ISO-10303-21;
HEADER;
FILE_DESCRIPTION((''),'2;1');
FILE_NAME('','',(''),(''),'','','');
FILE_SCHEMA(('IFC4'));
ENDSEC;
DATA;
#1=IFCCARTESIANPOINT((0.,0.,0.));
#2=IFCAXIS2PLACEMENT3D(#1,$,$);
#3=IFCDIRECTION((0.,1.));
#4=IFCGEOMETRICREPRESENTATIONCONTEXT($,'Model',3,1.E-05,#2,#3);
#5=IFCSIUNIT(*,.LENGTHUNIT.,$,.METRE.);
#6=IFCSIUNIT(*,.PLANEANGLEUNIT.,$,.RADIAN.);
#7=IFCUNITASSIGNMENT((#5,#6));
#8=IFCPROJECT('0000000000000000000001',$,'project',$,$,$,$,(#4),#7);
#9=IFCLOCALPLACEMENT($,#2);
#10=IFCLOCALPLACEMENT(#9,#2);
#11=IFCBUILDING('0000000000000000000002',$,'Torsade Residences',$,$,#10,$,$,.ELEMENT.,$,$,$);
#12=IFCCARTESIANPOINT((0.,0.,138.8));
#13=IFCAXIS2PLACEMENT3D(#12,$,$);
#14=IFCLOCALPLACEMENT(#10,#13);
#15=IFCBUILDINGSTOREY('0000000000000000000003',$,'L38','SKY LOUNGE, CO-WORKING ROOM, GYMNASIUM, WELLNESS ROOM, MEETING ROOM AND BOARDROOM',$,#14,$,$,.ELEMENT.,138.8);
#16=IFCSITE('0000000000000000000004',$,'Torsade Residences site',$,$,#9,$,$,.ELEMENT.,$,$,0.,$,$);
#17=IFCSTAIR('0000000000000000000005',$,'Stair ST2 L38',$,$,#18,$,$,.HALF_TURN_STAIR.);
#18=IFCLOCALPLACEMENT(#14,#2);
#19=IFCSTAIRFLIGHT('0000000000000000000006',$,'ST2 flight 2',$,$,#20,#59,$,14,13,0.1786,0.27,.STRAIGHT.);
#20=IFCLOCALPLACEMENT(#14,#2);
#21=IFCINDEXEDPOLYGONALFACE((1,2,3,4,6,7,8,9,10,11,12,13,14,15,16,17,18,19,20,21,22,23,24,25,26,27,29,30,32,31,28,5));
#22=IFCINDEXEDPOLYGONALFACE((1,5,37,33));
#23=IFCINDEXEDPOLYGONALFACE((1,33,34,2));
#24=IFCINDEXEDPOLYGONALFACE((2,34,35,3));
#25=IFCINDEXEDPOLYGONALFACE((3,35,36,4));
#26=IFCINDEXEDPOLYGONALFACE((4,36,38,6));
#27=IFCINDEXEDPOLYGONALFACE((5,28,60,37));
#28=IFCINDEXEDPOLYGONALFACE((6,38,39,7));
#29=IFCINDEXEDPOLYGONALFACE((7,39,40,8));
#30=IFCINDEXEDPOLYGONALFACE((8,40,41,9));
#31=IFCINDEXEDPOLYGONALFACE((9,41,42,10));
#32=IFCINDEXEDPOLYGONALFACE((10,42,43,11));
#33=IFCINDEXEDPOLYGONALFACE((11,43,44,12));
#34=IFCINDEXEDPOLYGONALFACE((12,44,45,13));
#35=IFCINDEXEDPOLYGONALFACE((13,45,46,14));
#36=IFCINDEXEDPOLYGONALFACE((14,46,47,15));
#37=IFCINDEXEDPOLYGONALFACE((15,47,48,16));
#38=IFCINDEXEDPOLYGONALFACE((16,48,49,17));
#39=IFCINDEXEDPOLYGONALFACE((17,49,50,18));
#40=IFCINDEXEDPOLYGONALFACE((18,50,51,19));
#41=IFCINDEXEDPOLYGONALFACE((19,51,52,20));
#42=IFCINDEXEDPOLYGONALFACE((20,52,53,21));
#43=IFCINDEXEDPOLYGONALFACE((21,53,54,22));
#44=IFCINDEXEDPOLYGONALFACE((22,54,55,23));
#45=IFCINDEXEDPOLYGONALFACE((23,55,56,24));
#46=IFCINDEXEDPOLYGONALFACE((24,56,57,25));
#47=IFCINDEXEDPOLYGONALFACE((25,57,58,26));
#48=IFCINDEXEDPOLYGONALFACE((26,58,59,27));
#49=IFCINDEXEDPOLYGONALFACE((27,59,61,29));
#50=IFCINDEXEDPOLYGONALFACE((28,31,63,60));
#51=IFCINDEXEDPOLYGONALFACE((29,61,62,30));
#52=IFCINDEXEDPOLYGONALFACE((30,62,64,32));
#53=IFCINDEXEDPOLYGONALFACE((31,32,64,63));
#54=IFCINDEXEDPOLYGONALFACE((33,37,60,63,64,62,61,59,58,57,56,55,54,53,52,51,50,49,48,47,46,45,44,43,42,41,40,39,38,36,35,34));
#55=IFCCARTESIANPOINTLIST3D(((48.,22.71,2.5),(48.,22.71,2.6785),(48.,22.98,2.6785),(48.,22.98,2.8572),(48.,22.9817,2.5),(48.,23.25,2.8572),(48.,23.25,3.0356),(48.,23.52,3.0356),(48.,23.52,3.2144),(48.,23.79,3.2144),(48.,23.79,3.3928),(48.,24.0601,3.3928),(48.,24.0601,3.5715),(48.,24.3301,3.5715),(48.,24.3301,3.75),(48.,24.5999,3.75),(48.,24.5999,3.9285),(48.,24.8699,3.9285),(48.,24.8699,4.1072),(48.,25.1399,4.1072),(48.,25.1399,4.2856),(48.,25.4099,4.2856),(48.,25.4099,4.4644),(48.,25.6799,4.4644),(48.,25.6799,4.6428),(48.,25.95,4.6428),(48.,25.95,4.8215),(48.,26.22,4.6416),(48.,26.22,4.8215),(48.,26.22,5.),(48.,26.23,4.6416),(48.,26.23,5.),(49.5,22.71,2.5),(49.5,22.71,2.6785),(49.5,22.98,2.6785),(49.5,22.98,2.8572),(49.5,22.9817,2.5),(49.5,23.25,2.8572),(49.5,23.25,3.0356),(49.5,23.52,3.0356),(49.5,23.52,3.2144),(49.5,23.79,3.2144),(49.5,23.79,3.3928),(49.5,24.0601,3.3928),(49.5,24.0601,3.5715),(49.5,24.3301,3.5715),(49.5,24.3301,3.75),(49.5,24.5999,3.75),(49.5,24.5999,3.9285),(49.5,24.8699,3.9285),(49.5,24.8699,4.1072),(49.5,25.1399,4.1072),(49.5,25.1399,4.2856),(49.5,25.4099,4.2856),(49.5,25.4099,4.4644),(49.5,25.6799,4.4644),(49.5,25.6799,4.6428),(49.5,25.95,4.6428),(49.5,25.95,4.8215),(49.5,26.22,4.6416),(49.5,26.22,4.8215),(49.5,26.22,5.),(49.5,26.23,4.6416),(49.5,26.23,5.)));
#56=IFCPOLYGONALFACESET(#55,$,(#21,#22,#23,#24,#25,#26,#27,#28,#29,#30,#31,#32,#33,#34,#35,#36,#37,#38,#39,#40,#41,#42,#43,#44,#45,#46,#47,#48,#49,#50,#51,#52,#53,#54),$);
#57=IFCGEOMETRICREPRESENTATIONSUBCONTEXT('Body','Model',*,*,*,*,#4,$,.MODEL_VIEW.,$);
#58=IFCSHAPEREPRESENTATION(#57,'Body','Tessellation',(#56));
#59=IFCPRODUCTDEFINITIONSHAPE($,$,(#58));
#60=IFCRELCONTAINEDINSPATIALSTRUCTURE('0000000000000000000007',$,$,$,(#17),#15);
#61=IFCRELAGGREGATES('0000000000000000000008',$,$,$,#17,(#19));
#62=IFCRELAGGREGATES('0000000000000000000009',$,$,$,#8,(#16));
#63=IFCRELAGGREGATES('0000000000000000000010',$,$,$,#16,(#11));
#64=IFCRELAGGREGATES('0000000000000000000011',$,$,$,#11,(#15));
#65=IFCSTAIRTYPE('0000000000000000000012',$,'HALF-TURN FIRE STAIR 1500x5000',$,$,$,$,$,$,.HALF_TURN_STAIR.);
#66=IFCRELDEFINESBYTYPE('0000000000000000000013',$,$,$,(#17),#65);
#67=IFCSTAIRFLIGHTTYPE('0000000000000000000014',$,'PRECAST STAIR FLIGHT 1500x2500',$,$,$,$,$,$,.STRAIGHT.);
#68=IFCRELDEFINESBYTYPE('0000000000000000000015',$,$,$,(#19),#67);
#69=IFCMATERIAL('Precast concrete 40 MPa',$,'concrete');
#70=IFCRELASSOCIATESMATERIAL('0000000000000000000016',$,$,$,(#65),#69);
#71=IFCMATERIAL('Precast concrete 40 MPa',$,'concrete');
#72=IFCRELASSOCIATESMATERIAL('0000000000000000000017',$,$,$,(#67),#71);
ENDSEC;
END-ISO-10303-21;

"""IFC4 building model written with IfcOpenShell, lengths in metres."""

from ifc_helpers import new_model, si_unit, direction, frame, origin, place, context, subcontext, project, spatial, polyline, outline, extrude, material, type_object, element, aggregate, save


model = new_model("IFC4")

# Units and contexts
model_context = context("Model", 3, precision=1e-05, world=origin(), true_north=direction((0.0, 1.0)))
body_context = subcontext(model_context, "Body", "Model", "MODEL_VIEW")
ifc_project = project(units=[si_unit("LENGTHUNIT", "METRE"), si_unit("PLANEANGLEUNIT", "RADIAN")], contexts=[model_context])

# Site, building, storey
site_placement = place(None, origin())
site = spatial("IfcSite", under=ifc_project, at=site_placement, Name="Torsade Residences site", CompositionType="ELEMENT", RefElevation=0.0)
building_placement = place(site_placement, origin())
building = spatial("IfcBuilding", under=site, at=building_placement, Name="Torsade Residences", CompositionType="ELEMENT")
storey_placement = place(building_placement, frame((0.0, 0.0, 138.8)))
storey = spatial("IfcBuildingStorey", under=building, at=storey_placement, Name="L38", Description="SKY LOUNGE, CO-WORKING ROOM, GYMNASIUM, WELLNESS ROOM, MEETING ROOM AND BOARDROOM", CompositionType="ELEMENT", Elevation=138.8)

# Stair, stair flight
ifc_material_1 = material(Name="Precast concrete 40 MPa", Category="concrete")
stair_type = type_object("IfcStairType", Name="HALF-TURN FIRE STAIR 1500x5000", PredefinedType="HALF_TURN_STAIR", material=ifc_material_1)
stair_placement = place(storey_placement, origin())
stair = element("IfcStair", 1, at=stair_placement, inside=storey, type_object=stair_type, Name="Stair ST2 L38", PredefinedType="HALF_TURN_STAIR")
ifc_material_2 = material(Name="Precast concrete 40 MPa", Category="concrete")
stair_flight_type = type_object("IfcStairFlightType", Name="PRECAST STAIR FLIGHT 1500x2500", PredefinedType="STRAIGHT", material=ifc_material_2)
stair_flight_1_placement = place(storey_placement, frame((48.75, 22.71, 2.5), z_axis=(0.0, 0.0, 1.0), x_axis=(0.0, 1.0, 0.0)))
stair_flight_1 = element("IfcStairFlight", 2, at=stair_flight_1_placement, type_object=stair_flight_type, Name="ST2 flight 2", NumberOfRisers=14, NumberOfTreads=13, PredefinedType="STRAIGHT", RiserHeight=0.1786, TreadLength=0.27, context=body_context, shape_type="SweptSolid", body=[
    extrude(outline(polyline([(0.0, 0.0), (0.0, 0.1785), (0.27, 0.1785), (0.27, 0.3572), (0.54, 0.3572), (0.54, 0.5356), (0.8101, 0.5356), (0.8101, 0.7144), (1.0801, 0.7144), (1.0801, 0.8928), (1.3501, 0.8928), (1.3501, 1.0715), (1.6201, 1.0715), (1.6201, 1.25), (1.8899, 1.25), (1.8899, 1.4285), (2.1599, 1.4285), (2.1599, 1.6072), (2.4299, 1.6072), (2.4299, 1.7856), (2.7, 1.7856), (2.7, 1.9644), (2.97, 1.9644), (2.97, 2.1428), (3.24, 2.1428), (3.24, 2.3215), (3.51, 2.3215), (3.51, 2.5), (3.52, 2.5), (3.52, 2.1416), (3.51, 2.1416), (0.2717, 0.0), (0.0, 0.0)])), frame((0.0, 0.75, 0.0), z_axis=(0.0, -1.0, 0.0), x_axis=(1.0, 0.0, 0.0)), (0.0, 0.0, 1.0), 1.5),
])
aggregate(stair, [stair_flight_1])

save(model, "model.ifc")
